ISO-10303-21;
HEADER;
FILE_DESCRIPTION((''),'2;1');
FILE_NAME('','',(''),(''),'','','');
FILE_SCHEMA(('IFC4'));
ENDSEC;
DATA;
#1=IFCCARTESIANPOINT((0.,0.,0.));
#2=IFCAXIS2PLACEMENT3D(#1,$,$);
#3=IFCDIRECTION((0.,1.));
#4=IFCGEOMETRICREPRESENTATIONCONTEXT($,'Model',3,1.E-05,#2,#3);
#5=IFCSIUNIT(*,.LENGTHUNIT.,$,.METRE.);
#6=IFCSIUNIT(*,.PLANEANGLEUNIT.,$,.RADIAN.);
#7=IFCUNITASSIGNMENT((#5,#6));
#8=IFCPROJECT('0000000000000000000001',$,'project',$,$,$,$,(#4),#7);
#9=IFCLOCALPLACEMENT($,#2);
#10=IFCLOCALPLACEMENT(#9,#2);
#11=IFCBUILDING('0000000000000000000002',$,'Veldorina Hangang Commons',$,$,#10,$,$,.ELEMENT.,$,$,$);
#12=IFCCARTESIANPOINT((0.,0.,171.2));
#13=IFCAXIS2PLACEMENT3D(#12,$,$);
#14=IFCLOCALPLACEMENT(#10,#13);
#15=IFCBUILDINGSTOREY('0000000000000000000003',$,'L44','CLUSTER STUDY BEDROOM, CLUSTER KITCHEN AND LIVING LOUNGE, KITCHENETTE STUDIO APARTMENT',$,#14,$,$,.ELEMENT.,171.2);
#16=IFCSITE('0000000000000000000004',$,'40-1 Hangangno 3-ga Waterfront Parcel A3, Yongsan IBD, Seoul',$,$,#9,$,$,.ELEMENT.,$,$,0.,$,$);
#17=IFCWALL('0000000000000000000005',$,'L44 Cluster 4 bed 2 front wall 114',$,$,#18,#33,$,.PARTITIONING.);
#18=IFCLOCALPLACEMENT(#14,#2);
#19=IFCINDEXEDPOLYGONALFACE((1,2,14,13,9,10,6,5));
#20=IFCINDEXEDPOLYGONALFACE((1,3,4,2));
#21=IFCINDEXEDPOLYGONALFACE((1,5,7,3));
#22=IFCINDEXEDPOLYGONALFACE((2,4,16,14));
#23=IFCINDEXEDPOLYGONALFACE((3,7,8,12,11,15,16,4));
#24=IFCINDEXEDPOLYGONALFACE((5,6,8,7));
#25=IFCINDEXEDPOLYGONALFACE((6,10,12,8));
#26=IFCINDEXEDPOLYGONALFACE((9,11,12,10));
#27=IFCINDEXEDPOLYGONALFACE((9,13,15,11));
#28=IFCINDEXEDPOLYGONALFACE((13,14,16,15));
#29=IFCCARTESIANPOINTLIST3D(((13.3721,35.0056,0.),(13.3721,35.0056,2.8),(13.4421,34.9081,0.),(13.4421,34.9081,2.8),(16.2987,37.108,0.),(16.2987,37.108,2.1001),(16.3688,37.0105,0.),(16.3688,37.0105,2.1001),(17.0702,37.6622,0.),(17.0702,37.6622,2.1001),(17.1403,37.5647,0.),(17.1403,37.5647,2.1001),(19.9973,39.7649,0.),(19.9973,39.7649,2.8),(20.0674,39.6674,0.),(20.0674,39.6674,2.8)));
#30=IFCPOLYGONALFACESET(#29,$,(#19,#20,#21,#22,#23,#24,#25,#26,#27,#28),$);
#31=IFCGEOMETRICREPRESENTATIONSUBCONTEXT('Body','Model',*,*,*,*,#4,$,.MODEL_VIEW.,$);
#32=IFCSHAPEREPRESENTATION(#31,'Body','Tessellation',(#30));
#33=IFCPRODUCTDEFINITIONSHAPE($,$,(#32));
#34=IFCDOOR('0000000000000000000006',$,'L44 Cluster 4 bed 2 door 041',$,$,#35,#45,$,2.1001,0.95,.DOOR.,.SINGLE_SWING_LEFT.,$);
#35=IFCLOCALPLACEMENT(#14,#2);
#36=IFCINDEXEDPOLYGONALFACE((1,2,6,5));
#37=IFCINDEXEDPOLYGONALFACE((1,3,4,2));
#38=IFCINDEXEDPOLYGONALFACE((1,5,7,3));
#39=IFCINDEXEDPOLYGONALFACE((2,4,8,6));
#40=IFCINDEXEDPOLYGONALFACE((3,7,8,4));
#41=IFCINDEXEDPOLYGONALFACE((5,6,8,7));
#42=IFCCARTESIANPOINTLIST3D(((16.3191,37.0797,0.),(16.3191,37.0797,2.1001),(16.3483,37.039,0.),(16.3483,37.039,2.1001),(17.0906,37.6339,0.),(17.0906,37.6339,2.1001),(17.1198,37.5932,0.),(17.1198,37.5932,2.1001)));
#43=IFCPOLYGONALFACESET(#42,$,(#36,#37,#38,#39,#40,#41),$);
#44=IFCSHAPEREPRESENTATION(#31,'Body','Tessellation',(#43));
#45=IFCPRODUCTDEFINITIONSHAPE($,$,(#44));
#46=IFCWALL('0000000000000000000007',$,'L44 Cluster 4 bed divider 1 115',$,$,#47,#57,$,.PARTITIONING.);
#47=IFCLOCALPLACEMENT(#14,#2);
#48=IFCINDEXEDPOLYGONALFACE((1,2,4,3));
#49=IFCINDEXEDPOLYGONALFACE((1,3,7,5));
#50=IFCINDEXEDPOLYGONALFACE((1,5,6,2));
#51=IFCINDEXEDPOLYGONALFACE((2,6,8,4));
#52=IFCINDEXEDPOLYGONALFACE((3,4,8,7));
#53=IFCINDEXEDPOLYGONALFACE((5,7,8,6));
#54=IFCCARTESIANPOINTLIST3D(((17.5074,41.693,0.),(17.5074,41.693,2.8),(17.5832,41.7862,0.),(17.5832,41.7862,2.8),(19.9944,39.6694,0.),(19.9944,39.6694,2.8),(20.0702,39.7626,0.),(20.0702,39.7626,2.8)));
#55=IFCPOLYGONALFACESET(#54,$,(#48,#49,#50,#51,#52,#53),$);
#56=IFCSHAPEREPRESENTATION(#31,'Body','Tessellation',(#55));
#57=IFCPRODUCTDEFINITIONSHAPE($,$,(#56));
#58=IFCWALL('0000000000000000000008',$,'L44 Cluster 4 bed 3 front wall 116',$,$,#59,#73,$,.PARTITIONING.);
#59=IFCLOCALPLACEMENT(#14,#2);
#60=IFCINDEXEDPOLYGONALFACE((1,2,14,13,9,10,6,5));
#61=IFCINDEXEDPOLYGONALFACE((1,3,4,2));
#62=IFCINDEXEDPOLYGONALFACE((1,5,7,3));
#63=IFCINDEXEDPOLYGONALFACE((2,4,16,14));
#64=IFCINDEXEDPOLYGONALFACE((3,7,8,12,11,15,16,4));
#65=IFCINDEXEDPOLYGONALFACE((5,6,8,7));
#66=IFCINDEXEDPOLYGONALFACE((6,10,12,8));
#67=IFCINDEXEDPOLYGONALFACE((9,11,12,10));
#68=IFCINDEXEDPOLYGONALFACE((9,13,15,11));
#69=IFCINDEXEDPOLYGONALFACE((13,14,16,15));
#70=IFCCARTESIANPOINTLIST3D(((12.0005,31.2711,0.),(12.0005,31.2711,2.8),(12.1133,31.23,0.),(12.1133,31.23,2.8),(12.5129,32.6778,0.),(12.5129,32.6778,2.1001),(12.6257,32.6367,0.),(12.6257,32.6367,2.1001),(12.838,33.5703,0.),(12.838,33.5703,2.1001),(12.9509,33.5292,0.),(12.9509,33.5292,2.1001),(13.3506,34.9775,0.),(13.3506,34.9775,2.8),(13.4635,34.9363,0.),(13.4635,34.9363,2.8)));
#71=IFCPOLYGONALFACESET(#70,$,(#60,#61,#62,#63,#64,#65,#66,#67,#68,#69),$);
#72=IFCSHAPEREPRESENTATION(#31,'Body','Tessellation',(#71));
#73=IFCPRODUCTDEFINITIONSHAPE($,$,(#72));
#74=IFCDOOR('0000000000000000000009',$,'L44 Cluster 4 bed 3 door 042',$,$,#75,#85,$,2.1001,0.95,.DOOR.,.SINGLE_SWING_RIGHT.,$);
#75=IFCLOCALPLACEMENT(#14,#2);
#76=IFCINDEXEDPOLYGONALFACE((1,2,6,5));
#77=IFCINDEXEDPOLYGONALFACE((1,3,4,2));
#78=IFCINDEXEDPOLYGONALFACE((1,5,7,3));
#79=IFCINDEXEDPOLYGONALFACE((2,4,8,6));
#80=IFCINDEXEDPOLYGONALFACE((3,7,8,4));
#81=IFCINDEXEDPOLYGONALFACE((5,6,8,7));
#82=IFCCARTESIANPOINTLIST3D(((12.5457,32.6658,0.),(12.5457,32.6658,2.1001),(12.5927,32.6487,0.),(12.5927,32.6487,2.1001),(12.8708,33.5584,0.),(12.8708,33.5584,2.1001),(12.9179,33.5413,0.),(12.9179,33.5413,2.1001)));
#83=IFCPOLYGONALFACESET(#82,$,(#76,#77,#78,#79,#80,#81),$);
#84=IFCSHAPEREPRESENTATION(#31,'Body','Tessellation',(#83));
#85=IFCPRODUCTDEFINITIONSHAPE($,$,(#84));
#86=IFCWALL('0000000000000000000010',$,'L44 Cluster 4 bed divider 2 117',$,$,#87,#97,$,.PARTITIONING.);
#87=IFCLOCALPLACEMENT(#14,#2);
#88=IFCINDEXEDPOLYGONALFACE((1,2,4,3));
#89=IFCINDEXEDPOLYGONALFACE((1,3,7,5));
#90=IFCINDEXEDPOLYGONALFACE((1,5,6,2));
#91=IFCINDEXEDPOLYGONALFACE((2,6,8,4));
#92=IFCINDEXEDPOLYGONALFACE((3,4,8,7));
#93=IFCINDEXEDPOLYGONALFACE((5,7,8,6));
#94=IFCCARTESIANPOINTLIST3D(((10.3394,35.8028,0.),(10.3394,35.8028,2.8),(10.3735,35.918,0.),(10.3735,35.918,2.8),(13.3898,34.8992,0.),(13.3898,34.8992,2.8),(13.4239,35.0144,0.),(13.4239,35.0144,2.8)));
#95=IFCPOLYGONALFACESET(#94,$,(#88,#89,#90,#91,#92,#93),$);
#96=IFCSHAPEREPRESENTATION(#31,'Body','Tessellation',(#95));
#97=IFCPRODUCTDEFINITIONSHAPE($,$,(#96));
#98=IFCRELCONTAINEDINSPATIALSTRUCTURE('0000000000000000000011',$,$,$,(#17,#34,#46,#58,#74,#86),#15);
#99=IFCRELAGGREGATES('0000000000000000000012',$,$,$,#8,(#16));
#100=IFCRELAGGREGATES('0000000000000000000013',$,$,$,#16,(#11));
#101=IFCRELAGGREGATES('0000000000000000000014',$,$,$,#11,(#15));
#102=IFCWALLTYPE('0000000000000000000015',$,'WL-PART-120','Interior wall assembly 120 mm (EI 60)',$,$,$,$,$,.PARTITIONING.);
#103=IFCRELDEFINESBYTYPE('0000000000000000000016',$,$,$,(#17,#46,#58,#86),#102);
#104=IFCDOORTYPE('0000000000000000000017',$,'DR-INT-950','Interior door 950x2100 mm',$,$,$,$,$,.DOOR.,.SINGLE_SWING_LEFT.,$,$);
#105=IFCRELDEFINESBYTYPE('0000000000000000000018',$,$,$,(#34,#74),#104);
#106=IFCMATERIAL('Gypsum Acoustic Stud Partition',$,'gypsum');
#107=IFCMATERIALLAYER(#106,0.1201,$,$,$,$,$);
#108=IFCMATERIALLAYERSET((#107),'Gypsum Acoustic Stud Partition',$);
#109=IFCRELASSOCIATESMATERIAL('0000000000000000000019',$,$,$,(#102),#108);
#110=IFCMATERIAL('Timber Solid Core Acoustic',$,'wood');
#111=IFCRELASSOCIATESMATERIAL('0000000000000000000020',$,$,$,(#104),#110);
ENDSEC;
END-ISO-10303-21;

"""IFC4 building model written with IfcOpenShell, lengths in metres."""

from ifc_helpers import new_model, si_unit, direction, frame, frame_2d, origin, place, context, subcontext, project, spatial, rectangle, extrude, material, layer, layer_set, type_object, element, fill, save


model = new_model("IFC4")

# Units and contexts
model_context = context("Model", 3, precision=1e-05, world=origin(), true_north=direction((0.0, 1.0)))
body_context = subcontext(model_context, "Body", "Model", "MODEL_VIEW")
ifc_project = project(units=[si_unit("LENGTHUNIT", "METRE"), si_unit("PLANEANGLEUNIT", "RADIAN")], contexts=[model_context])

# Site, building, storey
site_placement = place(None, origin())
site = spatial("IfcSite", under=ifc_project, at=site_placement, Name="40-1 Hangangno 3-ga Waterfront Parcel A3, Yongsan IBD, Seoul", CompositionType="ELEMENT", RefElevation=0.0)
building_placement = place(site_placement, origin())
building = spatial("IfcBuilding", under=site, at=building_placement, Name="Veldorina Hangang Commons", CompositionType="ELEMENT")
storey_placement = place(building_placement, frame((0.0, 0.0, 171.2)))
storey = spatial("IfcBuildingStorey", under=building, at=storey_placement, Name="L44", Description="CLUSTER STUDY BEDROOM, CLUSTER KITCHEN AND LIVING LOUNGE, KITCHENETTE STUDIO APARTMENT", CompositionType="ELEMENT", Elevation=171.2)

# Wall, opening, door
ifc_material_1 = material(Name="Gypsum Acoustic Stud Partition", Category="gypsum")
ifc_layer_1 = layer(ifc_material_1, 0.1201)
ifc_layer_set_1 = layer_set([ifc_layer_1], Name="Gypsum Acoustic Stud Partition")
wall_type_1 = type_object("IfcWallType", Name="WL-PART-120", Description="Interior wall assembly 120 mm (EI 60)", PredefinedType="PARTITIONING", material=ifc_layer_set_1)
wall_1_placement = place(storey_placement, frame((20.0322, 39.7161, 0.0), z_axis=(0.0, 0.0, 1.0), x_axis=(-0.812167, -0.583425, 0.0)))
wall_1 = element("IfcWall", 1, at=wall_1_placement, inside=storey, type_object=wall_type_1, Name="L44 Cluster 4 bed 2 front wall 114", PredefinedType="PARTITIONING", context=body_context, shape_type="SweptSolid", body=[
    extrude(rectangle(XDim=8.1575, YDim=0.1201, at=frame_2d((4.0786, 0.0))), origin(), (0.0, 0.0, 1.0), 2.8),
])
opening_1_placement = place(wall_1_placement, frame((3.6038, 0.0, 0.0)))
opening_1 = element("IfcOpeningElement", 2, at=opening_1_placement, cuts=wall_1, PredefinedType="OPENING", context=body_context, shape_type="SweptSolid", body=[
    extrude(rectangle(XDim=0.95, YDim=2.1001, at=frame_2d((0.4751, 1.05))), frame((0.0, 0.0701, 0.0), z_axis=(0.0, -1.0, 0.0), x_axis=(1.0, 0.0, 0.0)), (0.0, 0.0, 1.0), 0.1401),
])
ifc_material_2 = material(Name="Timber Solid Core Acoustic", Category="wood")
door_type = type_object("IfcDoorType", Name="DR-INT-950", Description="Interior door 950x2100 mm", OperationType="SINGLE_SWING_LEFT", PredefinedType="DOOR", material=ifc_material_2)
door_1_placement = place(opening_1_placement, origin())
door_1 = element("IfcDoor", 3, at=door_1_placement, inside=storey, type_object=door_type, Name="L44 Cluster 4 bed 2 door 041", OperationType="SINGLE_SWING_LEFT", OverallHeight=2.1001, OverallWidth=0.95, PredefinedType="DOOR", context=body_context, shape_type="SweptSolid", body=[
    extrude(rectangle(XDim=0.95, YDim=2.1001, at=frame_2d((0.4751, 1.05))), frame((0.0, 0.0249, 0.0), z_axis=(0.0, -1.0, 0.0), x_axis=(1.0, 0.0, 0.0)), (0.0, 0.0, 1.0), 0.05),
])
fill(opening_1, door_1)

# Wall
wall_2_placement = place(storey_placement, frame((20.0322, 39.7161, 0.0), z_axis=(0.0, 0.0, 1.0), x_axis=(-0.775664, 0.631146, 0.0)))
element("IfcWall", 4, at=wall_2_placement, inside=storey, type_object=wall_type_1, Name="L44 Cluster 4 bed divider 1 115", PredefinedType="PARTITIONING", context=body_context, shape_type="SweptSolid", body=[
    extrude(rectangle(XDim=3.2063, YDim=0.1201, at=frame_2d((1.603, 0.0))), origin(), (0.0, 0.0, 1.0), 2.8),
])

# Wall, opening, door
wall_3_placement = place(storey_placement, frame((13.407, 34.9568, 0.0), z_axis=(0.0, 0.0, 1.0), x_axis=(-0.34227, -0.939602, 0.0)))
wall_3 = element("IfcWall", 5, at=wall_3_placement, inside=storey, type_object=wall_type_1, Name="L44 Cluster 4 bed 3 front wall 116", PredefinedType="PARTITIONING", context=body_context, shape_type="SweptSolid", body=[
    extrude(rectangle(XDim=3.9446, YDim=0.1201, at=frame_2d((1.9722, 0.0))), origin(), (0.0, 0.0, 1.0), 2.8),
])
opening_2_placement = place(wall_3_placement, frame((1.4973, 0.0, 0.0)))
opening_2 = element("IfcOpeningElement", 6, at=opening_2_placement, cuts=wall_3, PredefinedType="OPENING", context=body_context, shape_type="SweptSolid", body=[
    extrude(rectangle(XDim=0.95, YDim=2.1001, at=frame_2d((0.4751, 1.05))), frame((0.0, 0.0701, 0.0), z_axis=(0.0, -1.0, 0.0), x_axis=(1.0, 0.0, 0.0)), (0.0, 0.0, 1.0), 0.1401),
])
door_2_placement = place(opening_2_placement, origin())
door_2 = element("IfcDoor", 7, at=door_2_placement, inside=storey, type_object=door_type, Name="L44 Cluster 4 bed 3 door 042", OperationType="SINGLE_SWING_RIGHT", OverallHeight=2.1001, OverallWidth=0.95, PredefinedType="DOOR", context=body_context, shape_type="SweptSolid", body=[
    extrude(rectangle(XDim=0.95, YDim=2.1001, at=frame_2d((0.4751, 1.05))), frame((0.0, 0.0249, 0.0), z_axis=(0.0, -1.0, 0.0), x_axis=(1.0, 0.0, 0.0)), (0.0, 0.0, 1.0), 0.05),
])
fill(opening_2, door_2)

# Wall
wall_4_placement = place(storey_placement, frame((13.407, 34.9568, 0.0), z_axis=(0.0, 0.0, 1.0), x_axis=(-0.958817, 0.284023, 0.0)))
element("IfcWall", 8, at=wall_4_placement, inside=storey, type_object=wall_type_1, Name="L44 Cluster 4 bed divider 2 117", PredefinedType="PARTITIONING", context=body_context, shape_type="SweptSolid", body=[
    extrude(rectangle(XDim=3.1814, YDim=0.1201, at=frame_2d((1.5908, 0.0))), origin(), (0.0, 0.0, 1.0), 2.8),
])

save(model, "model.ifc")
